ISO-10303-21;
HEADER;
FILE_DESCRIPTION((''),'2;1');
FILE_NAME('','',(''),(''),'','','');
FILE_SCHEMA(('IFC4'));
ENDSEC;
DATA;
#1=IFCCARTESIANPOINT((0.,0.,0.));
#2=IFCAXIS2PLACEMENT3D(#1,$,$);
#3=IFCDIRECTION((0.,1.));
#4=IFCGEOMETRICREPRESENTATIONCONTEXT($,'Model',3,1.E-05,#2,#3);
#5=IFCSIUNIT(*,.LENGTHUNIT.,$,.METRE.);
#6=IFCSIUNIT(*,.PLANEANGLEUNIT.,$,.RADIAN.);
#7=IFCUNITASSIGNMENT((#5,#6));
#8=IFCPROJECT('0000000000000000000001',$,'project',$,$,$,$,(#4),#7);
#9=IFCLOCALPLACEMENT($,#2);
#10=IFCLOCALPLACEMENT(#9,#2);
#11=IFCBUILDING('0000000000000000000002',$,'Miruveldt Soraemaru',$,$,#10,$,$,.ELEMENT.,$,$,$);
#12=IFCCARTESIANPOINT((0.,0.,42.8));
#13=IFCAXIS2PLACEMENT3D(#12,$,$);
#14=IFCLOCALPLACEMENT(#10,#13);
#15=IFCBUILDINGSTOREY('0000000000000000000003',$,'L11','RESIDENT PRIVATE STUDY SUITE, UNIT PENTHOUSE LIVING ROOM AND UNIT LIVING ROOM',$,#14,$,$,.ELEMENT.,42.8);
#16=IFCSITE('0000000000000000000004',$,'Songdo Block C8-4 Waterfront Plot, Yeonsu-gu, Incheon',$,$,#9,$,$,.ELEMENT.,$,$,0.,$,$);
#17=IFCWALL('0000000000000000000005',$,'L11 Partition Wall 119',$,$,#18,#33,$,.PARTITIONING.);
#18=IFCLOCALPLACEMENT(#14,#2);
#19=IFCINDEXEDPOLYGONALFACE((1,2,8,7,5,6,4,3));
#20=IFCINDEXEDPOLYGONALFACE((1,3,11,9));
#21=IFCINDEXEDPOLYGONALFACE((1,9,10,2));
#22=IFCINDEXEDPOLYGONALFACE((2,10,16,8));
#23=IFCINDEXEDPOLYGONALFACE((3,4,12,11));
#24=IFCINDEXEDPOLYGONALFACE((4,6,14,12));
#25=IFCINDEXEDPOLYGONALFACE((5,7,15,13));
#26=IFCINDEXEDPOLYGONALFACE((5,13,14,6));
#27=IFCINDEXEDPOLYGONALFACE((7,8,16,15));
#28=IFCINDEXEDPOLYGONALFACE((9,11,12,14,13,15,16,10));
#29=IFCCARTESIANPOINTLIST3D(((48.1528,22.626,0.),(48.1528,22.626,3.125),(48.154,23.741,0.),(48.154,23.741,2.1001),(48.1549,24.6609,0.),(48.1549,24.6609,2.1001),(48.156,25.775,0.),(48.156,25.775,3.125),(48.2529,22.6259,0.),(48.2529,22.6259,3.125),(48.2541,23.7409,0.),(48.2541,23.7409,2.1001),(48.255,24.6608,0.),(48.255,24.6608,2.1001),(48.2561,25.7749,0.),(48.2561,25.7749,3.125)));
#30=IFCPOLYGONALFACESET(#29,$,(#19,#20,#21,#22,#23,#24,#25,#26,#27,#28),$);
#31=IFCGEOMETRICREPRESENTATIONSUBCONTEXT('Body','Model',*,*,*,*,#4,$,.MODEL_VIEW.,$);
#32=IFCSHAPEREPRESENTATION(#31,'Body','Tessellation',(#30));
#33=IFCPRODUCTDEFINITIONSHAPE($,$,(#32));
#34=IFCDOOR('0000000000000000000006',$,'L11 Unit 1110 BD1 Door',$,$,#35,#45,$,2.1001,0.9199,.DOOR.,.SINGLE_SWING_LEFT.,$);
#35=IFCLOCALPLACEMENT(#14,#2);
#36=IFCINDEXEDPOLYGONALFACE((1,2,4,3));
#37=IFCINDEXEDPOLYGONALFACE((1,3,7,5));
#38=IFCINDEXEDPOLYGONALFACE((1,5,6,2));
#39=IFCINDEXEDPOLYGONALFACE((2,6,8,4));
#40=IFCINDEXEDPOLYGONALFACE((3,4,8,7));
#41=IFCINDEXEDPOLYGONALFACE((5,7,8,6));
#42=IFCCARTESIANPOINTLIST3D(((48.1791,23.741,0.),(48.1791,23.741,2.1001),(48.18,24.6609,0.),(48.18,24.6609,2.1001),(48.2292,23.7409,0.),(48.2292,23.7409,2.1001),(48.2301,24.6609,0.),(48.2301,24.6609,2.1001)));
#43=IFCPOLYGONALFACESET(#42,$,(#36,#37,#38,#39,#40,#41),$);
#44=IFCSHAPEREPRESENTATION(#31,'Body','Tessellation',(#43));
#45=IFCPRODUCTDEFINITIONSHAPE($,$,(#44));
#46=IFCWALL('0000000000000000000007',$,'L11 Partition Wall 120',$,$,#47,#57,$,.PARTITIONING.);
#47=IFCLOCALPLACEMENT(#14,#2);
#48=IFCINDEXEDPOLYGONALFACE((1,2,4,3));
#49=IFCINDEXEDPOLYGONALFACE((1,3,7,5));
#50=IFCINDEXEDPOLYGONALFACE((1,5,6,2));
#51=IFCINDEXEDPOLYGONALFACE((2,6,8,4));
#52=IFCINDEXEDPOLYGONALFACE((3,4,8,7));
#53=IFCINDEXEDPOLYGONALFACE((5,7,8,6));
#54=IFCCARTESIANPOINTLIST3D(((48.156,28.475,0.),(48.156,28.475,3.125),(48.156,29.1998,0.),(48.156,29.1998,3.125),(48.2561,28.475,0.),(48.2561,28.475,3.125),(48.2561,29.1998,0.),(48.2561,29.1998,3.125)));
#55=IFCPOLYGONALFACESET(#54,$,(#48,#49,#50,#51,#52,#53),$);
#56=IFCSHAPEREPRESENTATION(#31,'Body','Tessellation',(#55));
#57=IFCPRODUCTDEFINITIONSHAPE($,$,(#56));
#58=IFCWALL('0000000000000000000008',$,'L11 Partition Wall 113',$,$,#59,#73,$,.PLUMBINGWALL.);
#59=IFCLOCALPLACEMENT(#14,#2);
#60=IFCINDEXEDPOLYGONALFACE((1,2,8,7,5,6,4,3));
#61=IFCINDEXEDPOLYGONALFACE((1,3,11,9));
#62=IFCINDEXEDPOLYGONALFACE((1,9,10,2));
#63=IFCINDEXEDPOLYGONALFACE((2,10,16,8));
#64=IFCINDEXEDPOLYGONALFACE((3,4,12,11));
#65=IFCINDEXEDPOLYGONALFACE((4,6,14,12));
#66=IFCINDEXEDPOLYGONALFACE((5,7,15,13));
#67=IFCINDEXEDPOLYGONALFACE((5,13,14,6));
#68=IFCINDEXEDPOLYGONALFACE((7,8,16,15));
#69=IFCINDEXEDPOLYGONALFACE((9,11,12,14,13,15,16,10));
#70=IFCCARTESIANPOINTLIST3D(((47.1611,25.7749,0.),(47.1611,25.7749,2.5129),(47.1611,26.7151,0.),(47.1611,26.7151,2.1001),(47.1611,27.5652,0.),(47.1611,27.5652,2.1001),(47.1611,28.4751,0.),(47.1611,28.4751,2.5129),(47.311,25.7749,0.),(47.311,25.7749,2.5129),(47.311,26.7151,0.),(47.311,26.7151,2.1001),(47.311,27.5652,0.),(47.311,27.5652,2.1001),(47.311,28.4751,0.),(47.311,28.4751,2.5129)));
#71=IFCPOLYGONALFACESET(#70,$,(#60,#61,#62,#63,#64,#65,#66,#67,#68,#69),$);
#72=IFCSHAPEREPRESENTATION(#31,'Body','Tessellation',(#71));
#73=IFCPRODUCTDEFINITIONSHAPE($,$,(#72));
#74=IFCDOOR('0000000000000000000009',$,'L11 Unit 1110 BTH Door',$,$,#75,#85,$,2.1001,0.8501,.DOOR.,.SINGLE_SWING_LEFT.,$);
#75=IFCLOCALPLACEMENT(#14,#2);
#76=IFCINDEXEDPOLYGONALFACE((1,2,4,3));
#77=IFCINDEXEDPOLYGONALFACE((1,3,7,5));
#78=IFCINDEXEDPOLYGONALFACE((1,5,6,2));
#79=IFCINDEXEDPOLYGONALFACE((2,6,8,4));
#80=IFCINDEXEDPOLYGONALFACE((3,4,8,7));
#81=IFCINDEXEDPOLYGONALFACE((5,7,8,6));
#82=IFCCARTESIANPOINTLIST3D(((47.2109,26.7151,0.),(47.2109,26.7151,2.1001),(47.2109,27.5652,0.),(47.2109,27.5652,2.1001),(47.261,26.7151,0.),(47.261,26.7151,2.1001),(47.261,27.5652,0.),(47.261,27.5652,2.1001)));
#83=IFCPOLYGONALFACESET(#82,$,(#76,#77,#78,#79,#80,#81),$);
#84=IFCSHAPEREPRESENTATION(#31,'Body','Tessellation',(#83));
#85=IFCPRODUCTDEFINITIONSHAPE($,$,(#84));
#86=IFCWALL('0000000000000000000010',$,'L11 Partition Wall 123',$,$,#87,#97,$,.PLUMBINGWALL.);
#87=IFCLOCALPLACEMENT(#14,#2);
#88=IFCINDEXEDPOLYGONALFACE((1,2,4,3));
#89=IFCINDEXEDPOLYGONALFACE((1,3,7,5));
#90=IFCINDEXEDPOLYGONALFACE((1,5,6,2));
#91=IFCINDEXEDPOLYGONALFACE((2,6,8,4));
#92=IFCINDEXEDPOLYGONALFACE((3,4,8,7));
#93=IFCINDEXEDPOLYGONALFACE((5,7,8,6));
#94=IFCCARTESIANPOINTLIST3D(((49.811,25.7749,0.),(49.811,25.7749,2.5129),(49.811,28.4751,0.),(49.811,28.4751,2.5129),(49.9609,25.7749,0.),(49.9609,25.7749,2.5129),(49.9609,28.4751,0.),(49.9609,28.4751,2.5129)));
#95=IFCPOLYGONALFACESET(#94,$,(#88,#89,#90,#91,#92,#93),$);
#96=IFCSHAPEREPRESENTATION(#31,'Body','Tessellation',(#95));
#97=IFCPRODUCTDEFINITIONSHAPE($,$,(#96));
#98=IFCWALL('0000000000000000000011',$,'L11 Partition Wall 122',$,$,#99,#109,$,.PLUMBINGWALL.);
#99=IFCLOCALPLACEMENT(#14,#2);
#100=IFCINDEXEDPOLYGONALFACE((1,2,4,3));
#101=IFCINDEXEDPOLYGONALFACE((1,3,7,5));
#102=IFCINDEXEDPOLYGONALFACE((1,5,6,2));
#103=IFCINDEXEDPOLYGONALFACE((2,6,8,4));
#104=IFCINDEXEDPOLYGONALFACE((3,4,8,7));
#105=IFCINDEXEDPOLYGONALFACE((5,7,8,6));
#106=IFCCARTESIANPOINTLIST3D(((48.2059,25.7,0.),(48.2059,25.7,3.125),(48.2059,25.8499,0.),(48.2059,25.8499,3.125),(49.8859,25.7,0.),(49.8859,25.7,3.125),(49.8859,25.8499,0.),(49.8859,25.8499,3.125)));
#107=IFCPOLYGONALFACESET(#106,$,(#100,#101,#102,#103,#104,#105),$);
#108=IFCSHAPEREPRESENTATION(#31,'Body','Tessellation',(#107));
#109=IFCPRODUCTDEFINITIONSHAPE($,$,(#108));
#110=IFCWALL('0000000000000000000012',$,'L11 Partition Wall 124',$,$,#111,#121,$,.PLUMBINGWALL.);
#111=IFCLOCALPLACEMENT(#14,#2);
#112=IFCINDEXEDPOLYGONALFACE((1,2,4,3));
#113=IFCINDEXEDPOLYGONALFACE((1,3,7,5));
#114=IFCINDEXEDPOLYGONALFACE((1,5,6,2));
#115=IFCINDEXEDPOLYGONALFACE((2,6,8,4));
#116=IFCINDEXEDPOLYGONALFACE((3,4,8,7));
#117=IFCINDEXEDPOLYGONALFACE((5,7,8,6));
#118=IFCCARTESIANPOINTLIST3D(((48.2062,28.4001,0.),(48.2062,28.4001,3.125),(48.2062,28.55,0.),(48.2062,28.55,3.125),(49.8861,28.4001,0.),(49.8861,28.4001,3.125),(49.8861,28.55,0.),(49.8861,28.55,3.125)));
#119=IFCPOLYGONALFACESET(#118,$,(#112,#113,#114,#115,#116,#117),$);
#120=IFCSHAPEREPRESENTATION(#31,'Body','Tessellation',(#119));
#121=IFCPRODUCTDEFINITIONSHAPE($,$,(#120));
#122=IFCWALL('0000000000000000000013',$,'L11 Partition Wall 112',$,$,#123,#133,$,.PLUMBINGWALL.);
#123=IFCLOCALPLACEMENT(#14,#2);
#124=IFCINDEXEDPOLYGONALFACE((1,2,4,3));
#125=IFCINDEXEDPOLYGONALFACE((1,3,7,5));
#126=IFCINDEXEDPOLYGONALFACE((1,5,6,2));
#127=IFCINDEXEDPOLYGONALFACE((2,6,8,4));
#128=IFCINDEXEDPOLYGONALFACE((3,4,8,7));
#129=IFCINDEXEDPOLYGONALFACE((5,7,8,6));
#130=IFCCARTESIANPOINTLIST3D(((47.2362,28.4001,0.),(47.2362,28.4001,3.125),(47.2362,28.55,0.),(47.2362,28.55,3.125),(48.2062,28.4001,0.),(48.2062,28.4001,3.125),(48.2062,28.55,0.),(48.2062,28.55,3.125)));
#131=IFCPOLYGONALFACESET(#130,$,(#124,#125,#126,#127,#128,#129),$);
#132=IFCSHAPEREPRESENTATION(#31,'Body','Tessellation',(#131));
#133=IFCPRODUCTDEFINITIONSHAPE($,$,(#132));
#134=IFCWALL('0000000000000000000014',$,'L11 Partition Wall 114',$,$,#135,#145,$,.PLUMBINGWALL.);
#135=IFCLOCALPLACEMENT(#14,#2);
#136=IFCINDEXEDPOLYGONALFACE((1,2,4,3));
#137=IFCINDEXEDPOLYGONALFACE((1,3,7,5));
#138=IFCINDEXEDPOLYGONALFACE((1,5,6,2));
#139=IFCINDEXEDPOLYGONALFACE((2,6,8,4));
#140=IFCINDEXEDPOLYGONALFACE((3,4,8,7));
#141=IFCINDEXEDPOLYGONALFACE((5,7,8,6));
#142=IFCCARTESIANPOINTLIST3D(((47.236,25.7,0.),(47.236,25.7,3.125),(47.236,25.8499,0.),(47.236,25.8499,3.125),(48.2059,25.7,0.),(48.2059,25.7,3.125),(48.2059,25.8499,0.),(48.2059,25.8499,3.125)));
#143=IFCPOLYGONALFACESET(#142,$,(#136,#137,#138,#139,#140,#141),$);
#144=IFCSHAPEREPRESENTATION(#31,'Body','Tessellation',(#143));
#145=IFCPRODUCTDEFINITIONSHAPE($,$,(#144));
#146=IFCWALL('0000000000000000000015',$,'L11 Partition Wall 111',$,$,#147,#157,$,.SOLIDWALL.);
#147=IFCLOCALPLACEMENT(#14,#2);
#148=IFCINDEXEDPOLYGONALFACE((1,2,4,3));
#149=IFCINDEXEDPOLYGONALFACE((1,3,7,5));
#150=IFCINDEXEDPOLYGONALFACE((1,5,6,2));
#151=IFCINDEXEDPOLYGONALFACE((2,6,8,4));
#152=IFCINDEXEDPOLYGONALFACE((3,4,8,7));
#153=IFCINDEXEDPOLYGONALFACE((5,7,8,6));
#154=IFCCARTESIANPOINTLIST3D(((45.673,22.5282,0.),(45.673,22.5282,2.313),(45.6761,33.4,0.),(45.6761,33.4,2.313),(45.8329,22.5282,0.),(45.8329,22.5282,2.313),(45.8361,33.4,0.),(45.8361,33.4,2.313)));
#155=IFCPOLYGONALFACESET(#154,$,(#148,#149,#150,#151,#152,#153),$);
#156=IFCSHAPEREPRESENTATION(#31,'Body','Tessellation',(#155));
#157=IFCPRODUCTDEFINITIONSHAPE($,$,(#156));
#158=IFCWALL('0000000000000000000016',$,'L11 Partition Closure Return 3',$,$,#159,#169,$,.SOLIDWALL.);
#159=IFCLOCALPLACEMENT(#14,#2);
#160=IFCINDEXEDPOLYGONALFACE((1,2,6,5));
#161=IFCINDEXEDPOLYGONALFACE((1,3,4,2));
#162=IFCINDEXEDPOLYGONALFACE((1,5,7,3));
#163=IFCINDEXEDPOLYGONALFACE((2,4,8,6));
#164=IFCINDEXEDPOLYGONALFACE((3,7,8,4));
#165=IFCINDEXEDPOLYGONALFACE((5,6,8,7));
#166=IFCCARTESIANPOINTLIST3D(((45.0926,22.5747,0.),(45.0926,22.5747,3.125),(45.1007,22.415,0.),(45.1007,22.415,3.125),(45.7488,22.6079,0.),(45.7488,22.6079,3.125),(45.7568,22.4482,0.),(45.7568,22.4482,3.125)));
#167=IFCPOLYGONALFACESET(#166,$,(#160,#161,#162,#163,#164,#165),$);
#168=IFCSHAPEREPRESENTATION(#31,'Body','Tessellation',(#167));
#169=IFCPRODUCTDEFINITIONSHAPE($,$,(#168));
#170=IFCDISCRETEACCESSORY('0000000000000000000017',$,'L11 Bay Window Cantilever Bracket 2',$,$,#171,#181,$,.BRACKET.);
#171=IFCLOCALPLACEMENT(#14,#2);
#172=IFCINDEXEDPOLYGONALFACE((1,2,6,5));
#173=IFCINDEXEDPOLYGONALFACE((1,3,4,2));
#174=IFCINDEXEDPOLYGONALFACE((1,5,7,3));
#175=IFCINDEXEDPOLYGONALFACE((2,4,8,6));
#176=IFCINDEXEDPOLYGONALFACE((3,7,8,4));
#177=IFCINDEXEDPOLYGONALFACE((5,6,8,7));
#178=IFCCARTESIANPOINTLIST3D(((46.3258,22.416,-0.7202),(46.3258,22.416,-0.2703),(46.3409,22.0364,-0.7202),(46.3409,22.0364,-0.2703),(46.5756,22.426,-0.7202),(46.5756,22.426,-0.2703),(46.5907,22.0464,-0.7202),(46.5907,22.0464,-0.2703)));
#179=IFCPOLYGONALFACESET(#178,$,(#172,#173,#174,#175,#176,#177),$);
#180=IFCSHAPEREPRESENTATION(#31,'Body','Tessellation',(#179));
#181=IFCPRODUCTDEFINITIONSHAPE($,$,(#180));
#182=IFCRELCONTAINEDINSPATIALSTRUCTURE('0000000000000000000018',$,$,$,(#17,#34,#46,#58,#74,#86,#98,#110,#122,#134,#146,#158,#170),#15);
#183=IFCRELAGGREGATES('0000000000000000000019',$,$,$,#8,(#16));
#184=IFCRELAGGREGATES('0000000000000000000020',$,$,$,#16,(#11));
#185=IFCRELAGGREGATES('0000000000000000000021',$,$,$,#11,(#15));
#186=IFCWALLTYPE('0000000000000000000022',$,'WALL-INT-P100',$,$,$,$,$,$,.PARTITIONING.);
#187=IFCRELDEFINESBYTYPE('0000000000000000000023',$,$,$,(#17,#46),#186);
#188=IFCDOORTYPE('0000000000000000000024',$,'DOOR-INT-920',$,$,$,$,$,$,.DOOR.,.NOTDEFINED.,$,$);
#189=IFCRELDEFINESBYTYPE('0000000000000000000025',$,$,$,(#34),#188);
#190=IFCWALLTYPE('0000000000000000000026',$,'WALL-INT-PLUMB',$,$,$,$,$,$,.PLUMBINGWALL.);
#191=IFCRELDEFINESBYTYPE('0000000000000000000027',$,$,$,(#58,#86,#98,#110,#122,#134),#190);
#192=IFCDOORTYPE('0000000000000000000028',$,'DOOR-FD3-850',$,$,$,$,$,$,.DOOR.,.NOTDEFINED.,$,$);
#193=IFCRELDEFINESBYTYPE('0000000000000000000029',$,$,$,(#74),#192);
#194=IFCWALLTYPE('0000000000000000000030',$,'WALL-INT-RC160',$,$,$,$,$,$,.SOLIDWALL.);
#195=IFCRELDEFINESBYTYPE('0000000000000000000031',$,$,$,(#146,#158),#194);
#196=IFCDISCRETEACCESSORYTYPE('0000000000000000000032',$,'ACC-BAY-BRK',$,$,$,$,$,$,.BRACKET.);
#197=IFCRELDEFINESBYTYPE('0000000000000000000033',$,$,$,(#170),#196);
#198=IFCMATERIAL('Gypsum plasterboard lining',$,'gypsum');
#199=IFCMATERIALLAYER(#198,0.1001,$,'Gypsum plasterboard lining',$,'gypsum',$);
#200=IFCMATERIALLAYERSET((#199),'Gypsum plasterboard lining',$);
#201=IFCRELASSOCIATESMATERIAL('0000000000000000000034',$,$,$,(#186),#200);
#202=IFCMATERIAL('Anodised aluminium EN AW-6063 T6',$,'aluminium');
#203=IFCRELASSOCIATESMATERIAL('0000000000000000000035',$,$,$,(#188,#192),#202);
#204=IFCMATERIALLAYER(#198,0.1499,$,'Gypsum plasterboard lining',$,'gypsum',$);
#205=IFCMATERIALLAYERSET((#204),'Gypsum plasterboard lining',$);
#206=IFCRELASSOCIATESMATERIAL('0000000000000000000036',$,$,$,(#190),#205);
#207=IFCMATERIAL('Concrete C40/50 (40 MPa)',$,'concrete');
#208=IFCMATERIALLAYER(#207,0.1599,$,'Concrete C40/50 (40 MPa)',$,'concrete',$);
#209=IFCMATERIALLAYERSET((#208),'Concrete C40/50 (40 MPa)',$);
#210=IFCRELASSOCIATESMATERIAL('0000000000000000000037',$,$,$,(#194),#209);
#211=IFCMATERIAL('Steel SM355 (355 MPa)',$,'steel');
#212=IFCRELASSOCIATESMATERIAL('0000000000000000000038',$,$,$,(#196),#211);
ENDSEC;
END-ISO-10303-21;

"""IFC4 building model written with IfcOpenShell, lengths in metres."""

from ifc_helpers import new_model, si_unit, direction, frame, frame_2d, origin, origin_2d, place, context, subcontext, project, spatial, rectangle, extrude, material, layer, layer_set, type_object, element, fill, save


model = new_model("IFC4")

# Units and contexts
model_context = context("Model", 3, precision=1e-05, world=origin(), true_north=direction((0.0, 1.0)))
body_context = subcontext(model_context, "Body", "Model", "MODEL_VIEW")
ifc_project = project(units=[si_unit("LENGTHUNIT", "METRE"), si_unit("PLANEANGLEUNIT", "RADIAN")], contexts=[model_context])

# Site, building, storey
site_placement = place(None, origin())
site = spatial("IfcSite", under=ifc_project, at=site_placement, Name="Songdo Block C8-4 Waterfront Plot, Yeonsu-gu, Incheon", CompositionType="ELEMENT", RefElevation=0.0)
building_placement = place(site_placement, origin())
building = spatial("IfcBuilding", under=site, at=building_placement, Name="Miruveldt Soraemaru", CompositionType="ELEMENT")
storey_placement = place(building_placement, frame((0.0, 0.0, 42.8)))
storey = spatial("IfcBuildingStorey", under=building, at=storey_placement, Name="L11", Description="RESIDENT PRIVATE STUDY SUITE, UNIT PENTHOUSE LIVING ROOM AND UNIT LIVING ROOM", CompositionType="ELEMENT", Elevation=42.8)

# Shared definitions
ifc_material_1 = material(Name="Anodised aluminium EN AW-6063 T6", Category="aluminium")

# Wall, opening, door
ifc_material_2 = material(Name="Gypsum plasterboard lining", Category="gypsum")
ifc_layer_1 = layer(ifc_material_2, 0.1001, Name="Gypsum plasterboard lining", Category="gypsum")
ifc_layer_set_1 = layer_set([ifc_layer_1], Name="Gypsum plasterboard lining")
wall_type_1 = type_object("IfcWallType", Name="WALL-INT-P100", PredefinedType="PARTITIONING", material=ifc_layer_set_1)
wall_1_placement = place(storey_placement, frame((48.2029, 22.626, 0.0), z_axis=(0.0, 0.0, 1.0), x_axis=(0.001008, 0.999999, 0.0)))
wall_1 = element("IfcWall", 1, at=wall_1_placement, inside=storey, type_object=wall_type_1, Name="L11 Partition Wall 119", PredefinedType="PARTITIONING", context=body_context, shape_type="SweptSolid", body=[
    extrude(rectangle(XDim=3.1489, YDim=0.1001, at=frame_2d((1.5745, 0.0))), origin(), (0.0, 0.0, 1.0), 3.125),
])
opening_1_placement = place(wall_1_placement, frame((1.115, 0.0, 0.0)))
opening_1 = element("IfcOpeningElement", 2, at=opening_1_placement, cuts=wall_1, PredefinedType="OPENING", context=body_context, shape_type="SweptSolid", body=[
    extrude(rectangle(XDim=0.9199, YDim=2.1001, at=frame_2d((0.46, 1.05))), frame((0.0, 0.0601, 0.0), z_axis=(0.0, -1.0, 0.0), x_axis=(1.0, 0.0, 0.0)), (0.0, 0.0, 1.0), 0.1201),
])
door_type_1 = type_object("IfcDoorType", Name="DOOR-INT-920", OperationType="NOTDEFINED", PredefinedType="DOOR", material=ifc_material_1)
door_1_placement = place(opening_1_placement, origin())
door_1 = element("IfcDoor", 3, at=door_1_placement, inside=storey, type_object=door_type_1, Name="L11 Unit 1110 BD1 Door", OperationType="SINGLE_SWING_LEFT", OverallHeight=2.1001, OverallWidth=0.9199, PredefinedType="DOOR", context=body_context, shape_type="SweptSolid", body=[
    extrude(rectangle(XDim=0.9199, YDim=2.1001, at=frame_2d((0.46, 1.05))), frame((0.0, 0.0249, 0.0), z_axis=(0.0, -1.0, 0.0), x_axis=(1.0, 0.0, 0.0)), (0.0, 0.0, 1.0), 0.05),
])
fill(opening_1, door_1)

# Wall
wall_2_placement = place(storey_placement, frame((48.2061, 28.4751, 0.0), z_axis=(0.0, 0.0, 1.0), x_axis=(0.0, 1.0, 0.0)))
element("IfcWall", 4, at=wall_2_placement, inside=storey, type_object=wall_type_1, Name="L11 Partition Wall 120", PredefinedType="PARTITIONING", context=body_context, shape_type="SweptSolid", body=[
    extrude(rectangle(XDim=0.7249, YDim=0.1001, at=frame_2d((0.3623, 0.0))), origin(), (0.0, 0.0, 1.0), 3.125),
])

# Wall, opening, door
ifc_layer_2 = layer(ifc_material_2, 0.1499, Name="Gypsum plasterboard lining", Category="gypsum")
ifc_layer_set_2 = layer_set([ifc_layer_2], Name="Gypsum plasterboard lining")
wall_type_2 = type_object("IfcWallType", Name="WALL-INT-PLUMB", PredefinedType="PLUMBINGWALL", material=ifc_layer_set_2)
wall_3_placement = place(storey_placement, frame((47.2361, 28.4751, 0.0), z_axis=(0.0, 0.0, 1.0), x_axis=(0.0, -1.0, 0.0)))
wall_3 = element("IfcWall", 5, at=wall_3_placement, inside=storey, type_object=wall_type_2, Name="L11 Partition Wall 113", PredefinedType="PLUMBINGWALL", context=body_context, shape_type="SweptSolid", body=[
    extrude(rectangle(XDim=2.7002, YDim=0.1499, at=frame_2d((1.3501, 0.0))), origin(), (0.0, 0.0, 1.0), 2.5129),
])
opening_2_placement = place(wall_3_placement, frame((0.9099, 0.0, 0.0)))
opening_2 = element("IfcOpeningElement", 6, at=opening_2_placement, cuts=wall_3, PredefinedType="OPENING", context=body_context, shape_type="SweptSolid", body=[
    extrude(rectangle(XDim=0.8501, YDim=2.1001, at=frame_2d((0.425, 1.05))), frame((0.0, 0.085, 0.0), z_axis=(0.0, -1.0, 0.0), x_axis=(1.0, 0.0, 0.0)), (0.0, 0.0, 1.0), 0.1699),
])
door_type_2 = type_object("IfcDoorType", Name="DOOR-FD3-850", OperationType="NOTDEFINED", PredefinedType="DOOR", material=ifc_material_1)
door_2_placement = place(opening_2_placement, origin())
door_2 = element("IfcDoor", 7, at=door_2_placement, inside=storey, type_object=door_type_2, Name="L11 Unit 1110 BTH Door", OperationType="SINGLE_SWING_LEFT", OverallHeight=2.1001, OverallWidth=0.8501, PredefinedType="DOOR", context=body_context, shape_type="SweptSolid", body=[
    extrude(rectangle(XDim=0.8501, YDim=2.1001, at=frame_2d((0.425, 1.05))), frame((0.0, 0.0249, 0.0), z_axis=(0.0, -1.0, 0.0), x_axis=(1.0, 0.0, 0.0)), (0.0, 0.0, 1.0), 0.05),
])
fill(opening_2, door_2)

# Walls
wall_4_placement = place(storey_placement, frame((49.886, 25.7749, 0.0), z_axis=(0.0, 0.0, 1.0), x_axis=(0.0, 1.0, 0.0)))
element("IfcWall", 8, at=wall_4_placement, inside=storey, type_object=wall_type_2, Name="L11 Partition Wall 123", PredefinedType="PLUMBINGWALL", context=body_context, shape_type="SweptSolid", body=[
    extrude(rectangle(XDim=2.7002, YDim=0.1499, at=frame_2d((1.3501, 0.0))), origin(), (0.0, 0.0, 1.0), 2.5129),
])
for number, where, z_axis, x_axis, name in (
    (9, (48.2061, 25.7749, 0.0), (0.0, 0.0, 1.0), (1.0, 0.0, 0.0), "L11 Partition Wall 122"),
    (10, (49.886, 28.4751, 0.0), (0.0, 0.0, 1.0), (-1.0, 0.0, 0.0), "L11 Partition Wall 124"),
):
    element("IfcWall", number, at=place(storey_placement, frame(where, z_axis=z_axis, x_axis=x_axis)), inside=storey, type_object=wall_type_2, Name=name, PredefinedType="PLUMBINGWALL", context=body_context, shape_type="SweptSolid", body=[
        extrude(rectangle(XDim=1.6799, YDim=0.1499, at=frame_2d((0.8398, 0.0))), origin(), (0.0, 0.0, 1.0), 3.125),
    ])
for number, where, z_axis, x_axis, name in (
    (11, (48.2061, 28.4751, 0.0), (0.0, 0.0, 1.0), (-1.0, 0.0, 0.0), "L11 Partition Wall 112"),
    (12, (47.2361, 25.7749, 0.0), (0.0, 0.0, 1.0), (1.0, 0.0, 0.0), "L11 Partition Wall 114"),
):
    element("IfcWall", number, at=place(storey_placement, frame(where, z_axis=z_axis, x_axis=x_axis)), inside=storey, type_object=wall_type_2, Name=name, PredefinedType="PLUMBINGWALL", context=body_context, shape_type="SweptSolid", body=[
        extrude(rectangle(XDim=0.97, YDim=0.1499, at=frame_2d((0.4849, 0.0))), origin(), (0.0, 0.0, 1.0), 3.125),
    ])
ifc_material_3 = material(Name="Concrete C40/50 (40 MPa)", Category="concrete")
ifc_layer_3 = layer(ifc_material_3, 0.1599, Name="Concrete C40/50 (40 MPa)", Category="concrete")
ifc_layer_set_3 = layer_set([ifc_layer_3], Name="Concrete C40/50 (40 MPa)")
wall_type_3 = type_object("IfcWallType", Name="WALL-INT-RC160", PredefinedType="SOLIDWALL", material=ifc_layer_set_3)
wall_5_placement = place(storey_placement, frame((45.7529, 22.5281, 0.0), z_axis=(0.0, 0.0, 1.0), x_axis=(0.000292, 1.0, 0.0)))
element("IfcWall", 13, at=wall_5_placement, inside=storey, type_object=wall_type_3, Name="L11 Partition Wall 111", PredefinedType="SOLIDWALL", context=body_context, shape_type="SweptSolid", body=[
    extrude(rectangle(XDim=10.8718, YDim=0.1599, at=frame_2d((5.436, 0.0))), origin(), (0.0, 0.0, 1.0), 2.313),
])
wall_6_placement = place(storey_placement, frame((45.7529, 22.5281, 0.0), z_axis=(0.0, 0.0, 1.0), x_axis=(-0.998723, -0.050531, 0.0)))
element("IfcWall", 14, at=wall_6_placement, inside=storey, type_object=wall_type_3, Name="L11 Partition Closure Return 3", PredefinedType="SOLIDWALL", context=body_context, shape_type="SweptSolid", body=[
    extrude(rectangle(XDim=0.657, YDim=0.1599, at=frame_2d((0.3286, 0.0))), origin(), (0.0, 0.0, 1.0), 3.125),
])

# Discrete accessory
ifc_material_4 = material(Name="Steel SM355 (355 MPa)", Category="steel")
discrete_accessory_type = type_object("IfcDiscreteAccessoryType", Name="ACC-BAY-BRK", PredefinedType="BRACKET", material=ifc_material_4)
discrete_accessory_placement = place(storey_placement, frame((46.4583, 22.2312, -0.7202), z_axis=(0.0, 0.0, 1.0), x_axis=(0.039957, -0.999201, 0.0)))
element("IfcDiscreteAccessory", 15, at=discrete_accessory_placement, inside=storey, type_object=discrete_accessory_type, Name="L11 Bay Window Cantilever Bracket 2", PredefinedType="BRACKET", context=body_context, shape_type="SweptSolid", body=[
    extrude(rectangle(XDim=0.3799, YDim=0.25, at=origin_2d()), origin(), (0.0, 0.0, 1.0), 0.45),
])

save(model, "model.ifc")
